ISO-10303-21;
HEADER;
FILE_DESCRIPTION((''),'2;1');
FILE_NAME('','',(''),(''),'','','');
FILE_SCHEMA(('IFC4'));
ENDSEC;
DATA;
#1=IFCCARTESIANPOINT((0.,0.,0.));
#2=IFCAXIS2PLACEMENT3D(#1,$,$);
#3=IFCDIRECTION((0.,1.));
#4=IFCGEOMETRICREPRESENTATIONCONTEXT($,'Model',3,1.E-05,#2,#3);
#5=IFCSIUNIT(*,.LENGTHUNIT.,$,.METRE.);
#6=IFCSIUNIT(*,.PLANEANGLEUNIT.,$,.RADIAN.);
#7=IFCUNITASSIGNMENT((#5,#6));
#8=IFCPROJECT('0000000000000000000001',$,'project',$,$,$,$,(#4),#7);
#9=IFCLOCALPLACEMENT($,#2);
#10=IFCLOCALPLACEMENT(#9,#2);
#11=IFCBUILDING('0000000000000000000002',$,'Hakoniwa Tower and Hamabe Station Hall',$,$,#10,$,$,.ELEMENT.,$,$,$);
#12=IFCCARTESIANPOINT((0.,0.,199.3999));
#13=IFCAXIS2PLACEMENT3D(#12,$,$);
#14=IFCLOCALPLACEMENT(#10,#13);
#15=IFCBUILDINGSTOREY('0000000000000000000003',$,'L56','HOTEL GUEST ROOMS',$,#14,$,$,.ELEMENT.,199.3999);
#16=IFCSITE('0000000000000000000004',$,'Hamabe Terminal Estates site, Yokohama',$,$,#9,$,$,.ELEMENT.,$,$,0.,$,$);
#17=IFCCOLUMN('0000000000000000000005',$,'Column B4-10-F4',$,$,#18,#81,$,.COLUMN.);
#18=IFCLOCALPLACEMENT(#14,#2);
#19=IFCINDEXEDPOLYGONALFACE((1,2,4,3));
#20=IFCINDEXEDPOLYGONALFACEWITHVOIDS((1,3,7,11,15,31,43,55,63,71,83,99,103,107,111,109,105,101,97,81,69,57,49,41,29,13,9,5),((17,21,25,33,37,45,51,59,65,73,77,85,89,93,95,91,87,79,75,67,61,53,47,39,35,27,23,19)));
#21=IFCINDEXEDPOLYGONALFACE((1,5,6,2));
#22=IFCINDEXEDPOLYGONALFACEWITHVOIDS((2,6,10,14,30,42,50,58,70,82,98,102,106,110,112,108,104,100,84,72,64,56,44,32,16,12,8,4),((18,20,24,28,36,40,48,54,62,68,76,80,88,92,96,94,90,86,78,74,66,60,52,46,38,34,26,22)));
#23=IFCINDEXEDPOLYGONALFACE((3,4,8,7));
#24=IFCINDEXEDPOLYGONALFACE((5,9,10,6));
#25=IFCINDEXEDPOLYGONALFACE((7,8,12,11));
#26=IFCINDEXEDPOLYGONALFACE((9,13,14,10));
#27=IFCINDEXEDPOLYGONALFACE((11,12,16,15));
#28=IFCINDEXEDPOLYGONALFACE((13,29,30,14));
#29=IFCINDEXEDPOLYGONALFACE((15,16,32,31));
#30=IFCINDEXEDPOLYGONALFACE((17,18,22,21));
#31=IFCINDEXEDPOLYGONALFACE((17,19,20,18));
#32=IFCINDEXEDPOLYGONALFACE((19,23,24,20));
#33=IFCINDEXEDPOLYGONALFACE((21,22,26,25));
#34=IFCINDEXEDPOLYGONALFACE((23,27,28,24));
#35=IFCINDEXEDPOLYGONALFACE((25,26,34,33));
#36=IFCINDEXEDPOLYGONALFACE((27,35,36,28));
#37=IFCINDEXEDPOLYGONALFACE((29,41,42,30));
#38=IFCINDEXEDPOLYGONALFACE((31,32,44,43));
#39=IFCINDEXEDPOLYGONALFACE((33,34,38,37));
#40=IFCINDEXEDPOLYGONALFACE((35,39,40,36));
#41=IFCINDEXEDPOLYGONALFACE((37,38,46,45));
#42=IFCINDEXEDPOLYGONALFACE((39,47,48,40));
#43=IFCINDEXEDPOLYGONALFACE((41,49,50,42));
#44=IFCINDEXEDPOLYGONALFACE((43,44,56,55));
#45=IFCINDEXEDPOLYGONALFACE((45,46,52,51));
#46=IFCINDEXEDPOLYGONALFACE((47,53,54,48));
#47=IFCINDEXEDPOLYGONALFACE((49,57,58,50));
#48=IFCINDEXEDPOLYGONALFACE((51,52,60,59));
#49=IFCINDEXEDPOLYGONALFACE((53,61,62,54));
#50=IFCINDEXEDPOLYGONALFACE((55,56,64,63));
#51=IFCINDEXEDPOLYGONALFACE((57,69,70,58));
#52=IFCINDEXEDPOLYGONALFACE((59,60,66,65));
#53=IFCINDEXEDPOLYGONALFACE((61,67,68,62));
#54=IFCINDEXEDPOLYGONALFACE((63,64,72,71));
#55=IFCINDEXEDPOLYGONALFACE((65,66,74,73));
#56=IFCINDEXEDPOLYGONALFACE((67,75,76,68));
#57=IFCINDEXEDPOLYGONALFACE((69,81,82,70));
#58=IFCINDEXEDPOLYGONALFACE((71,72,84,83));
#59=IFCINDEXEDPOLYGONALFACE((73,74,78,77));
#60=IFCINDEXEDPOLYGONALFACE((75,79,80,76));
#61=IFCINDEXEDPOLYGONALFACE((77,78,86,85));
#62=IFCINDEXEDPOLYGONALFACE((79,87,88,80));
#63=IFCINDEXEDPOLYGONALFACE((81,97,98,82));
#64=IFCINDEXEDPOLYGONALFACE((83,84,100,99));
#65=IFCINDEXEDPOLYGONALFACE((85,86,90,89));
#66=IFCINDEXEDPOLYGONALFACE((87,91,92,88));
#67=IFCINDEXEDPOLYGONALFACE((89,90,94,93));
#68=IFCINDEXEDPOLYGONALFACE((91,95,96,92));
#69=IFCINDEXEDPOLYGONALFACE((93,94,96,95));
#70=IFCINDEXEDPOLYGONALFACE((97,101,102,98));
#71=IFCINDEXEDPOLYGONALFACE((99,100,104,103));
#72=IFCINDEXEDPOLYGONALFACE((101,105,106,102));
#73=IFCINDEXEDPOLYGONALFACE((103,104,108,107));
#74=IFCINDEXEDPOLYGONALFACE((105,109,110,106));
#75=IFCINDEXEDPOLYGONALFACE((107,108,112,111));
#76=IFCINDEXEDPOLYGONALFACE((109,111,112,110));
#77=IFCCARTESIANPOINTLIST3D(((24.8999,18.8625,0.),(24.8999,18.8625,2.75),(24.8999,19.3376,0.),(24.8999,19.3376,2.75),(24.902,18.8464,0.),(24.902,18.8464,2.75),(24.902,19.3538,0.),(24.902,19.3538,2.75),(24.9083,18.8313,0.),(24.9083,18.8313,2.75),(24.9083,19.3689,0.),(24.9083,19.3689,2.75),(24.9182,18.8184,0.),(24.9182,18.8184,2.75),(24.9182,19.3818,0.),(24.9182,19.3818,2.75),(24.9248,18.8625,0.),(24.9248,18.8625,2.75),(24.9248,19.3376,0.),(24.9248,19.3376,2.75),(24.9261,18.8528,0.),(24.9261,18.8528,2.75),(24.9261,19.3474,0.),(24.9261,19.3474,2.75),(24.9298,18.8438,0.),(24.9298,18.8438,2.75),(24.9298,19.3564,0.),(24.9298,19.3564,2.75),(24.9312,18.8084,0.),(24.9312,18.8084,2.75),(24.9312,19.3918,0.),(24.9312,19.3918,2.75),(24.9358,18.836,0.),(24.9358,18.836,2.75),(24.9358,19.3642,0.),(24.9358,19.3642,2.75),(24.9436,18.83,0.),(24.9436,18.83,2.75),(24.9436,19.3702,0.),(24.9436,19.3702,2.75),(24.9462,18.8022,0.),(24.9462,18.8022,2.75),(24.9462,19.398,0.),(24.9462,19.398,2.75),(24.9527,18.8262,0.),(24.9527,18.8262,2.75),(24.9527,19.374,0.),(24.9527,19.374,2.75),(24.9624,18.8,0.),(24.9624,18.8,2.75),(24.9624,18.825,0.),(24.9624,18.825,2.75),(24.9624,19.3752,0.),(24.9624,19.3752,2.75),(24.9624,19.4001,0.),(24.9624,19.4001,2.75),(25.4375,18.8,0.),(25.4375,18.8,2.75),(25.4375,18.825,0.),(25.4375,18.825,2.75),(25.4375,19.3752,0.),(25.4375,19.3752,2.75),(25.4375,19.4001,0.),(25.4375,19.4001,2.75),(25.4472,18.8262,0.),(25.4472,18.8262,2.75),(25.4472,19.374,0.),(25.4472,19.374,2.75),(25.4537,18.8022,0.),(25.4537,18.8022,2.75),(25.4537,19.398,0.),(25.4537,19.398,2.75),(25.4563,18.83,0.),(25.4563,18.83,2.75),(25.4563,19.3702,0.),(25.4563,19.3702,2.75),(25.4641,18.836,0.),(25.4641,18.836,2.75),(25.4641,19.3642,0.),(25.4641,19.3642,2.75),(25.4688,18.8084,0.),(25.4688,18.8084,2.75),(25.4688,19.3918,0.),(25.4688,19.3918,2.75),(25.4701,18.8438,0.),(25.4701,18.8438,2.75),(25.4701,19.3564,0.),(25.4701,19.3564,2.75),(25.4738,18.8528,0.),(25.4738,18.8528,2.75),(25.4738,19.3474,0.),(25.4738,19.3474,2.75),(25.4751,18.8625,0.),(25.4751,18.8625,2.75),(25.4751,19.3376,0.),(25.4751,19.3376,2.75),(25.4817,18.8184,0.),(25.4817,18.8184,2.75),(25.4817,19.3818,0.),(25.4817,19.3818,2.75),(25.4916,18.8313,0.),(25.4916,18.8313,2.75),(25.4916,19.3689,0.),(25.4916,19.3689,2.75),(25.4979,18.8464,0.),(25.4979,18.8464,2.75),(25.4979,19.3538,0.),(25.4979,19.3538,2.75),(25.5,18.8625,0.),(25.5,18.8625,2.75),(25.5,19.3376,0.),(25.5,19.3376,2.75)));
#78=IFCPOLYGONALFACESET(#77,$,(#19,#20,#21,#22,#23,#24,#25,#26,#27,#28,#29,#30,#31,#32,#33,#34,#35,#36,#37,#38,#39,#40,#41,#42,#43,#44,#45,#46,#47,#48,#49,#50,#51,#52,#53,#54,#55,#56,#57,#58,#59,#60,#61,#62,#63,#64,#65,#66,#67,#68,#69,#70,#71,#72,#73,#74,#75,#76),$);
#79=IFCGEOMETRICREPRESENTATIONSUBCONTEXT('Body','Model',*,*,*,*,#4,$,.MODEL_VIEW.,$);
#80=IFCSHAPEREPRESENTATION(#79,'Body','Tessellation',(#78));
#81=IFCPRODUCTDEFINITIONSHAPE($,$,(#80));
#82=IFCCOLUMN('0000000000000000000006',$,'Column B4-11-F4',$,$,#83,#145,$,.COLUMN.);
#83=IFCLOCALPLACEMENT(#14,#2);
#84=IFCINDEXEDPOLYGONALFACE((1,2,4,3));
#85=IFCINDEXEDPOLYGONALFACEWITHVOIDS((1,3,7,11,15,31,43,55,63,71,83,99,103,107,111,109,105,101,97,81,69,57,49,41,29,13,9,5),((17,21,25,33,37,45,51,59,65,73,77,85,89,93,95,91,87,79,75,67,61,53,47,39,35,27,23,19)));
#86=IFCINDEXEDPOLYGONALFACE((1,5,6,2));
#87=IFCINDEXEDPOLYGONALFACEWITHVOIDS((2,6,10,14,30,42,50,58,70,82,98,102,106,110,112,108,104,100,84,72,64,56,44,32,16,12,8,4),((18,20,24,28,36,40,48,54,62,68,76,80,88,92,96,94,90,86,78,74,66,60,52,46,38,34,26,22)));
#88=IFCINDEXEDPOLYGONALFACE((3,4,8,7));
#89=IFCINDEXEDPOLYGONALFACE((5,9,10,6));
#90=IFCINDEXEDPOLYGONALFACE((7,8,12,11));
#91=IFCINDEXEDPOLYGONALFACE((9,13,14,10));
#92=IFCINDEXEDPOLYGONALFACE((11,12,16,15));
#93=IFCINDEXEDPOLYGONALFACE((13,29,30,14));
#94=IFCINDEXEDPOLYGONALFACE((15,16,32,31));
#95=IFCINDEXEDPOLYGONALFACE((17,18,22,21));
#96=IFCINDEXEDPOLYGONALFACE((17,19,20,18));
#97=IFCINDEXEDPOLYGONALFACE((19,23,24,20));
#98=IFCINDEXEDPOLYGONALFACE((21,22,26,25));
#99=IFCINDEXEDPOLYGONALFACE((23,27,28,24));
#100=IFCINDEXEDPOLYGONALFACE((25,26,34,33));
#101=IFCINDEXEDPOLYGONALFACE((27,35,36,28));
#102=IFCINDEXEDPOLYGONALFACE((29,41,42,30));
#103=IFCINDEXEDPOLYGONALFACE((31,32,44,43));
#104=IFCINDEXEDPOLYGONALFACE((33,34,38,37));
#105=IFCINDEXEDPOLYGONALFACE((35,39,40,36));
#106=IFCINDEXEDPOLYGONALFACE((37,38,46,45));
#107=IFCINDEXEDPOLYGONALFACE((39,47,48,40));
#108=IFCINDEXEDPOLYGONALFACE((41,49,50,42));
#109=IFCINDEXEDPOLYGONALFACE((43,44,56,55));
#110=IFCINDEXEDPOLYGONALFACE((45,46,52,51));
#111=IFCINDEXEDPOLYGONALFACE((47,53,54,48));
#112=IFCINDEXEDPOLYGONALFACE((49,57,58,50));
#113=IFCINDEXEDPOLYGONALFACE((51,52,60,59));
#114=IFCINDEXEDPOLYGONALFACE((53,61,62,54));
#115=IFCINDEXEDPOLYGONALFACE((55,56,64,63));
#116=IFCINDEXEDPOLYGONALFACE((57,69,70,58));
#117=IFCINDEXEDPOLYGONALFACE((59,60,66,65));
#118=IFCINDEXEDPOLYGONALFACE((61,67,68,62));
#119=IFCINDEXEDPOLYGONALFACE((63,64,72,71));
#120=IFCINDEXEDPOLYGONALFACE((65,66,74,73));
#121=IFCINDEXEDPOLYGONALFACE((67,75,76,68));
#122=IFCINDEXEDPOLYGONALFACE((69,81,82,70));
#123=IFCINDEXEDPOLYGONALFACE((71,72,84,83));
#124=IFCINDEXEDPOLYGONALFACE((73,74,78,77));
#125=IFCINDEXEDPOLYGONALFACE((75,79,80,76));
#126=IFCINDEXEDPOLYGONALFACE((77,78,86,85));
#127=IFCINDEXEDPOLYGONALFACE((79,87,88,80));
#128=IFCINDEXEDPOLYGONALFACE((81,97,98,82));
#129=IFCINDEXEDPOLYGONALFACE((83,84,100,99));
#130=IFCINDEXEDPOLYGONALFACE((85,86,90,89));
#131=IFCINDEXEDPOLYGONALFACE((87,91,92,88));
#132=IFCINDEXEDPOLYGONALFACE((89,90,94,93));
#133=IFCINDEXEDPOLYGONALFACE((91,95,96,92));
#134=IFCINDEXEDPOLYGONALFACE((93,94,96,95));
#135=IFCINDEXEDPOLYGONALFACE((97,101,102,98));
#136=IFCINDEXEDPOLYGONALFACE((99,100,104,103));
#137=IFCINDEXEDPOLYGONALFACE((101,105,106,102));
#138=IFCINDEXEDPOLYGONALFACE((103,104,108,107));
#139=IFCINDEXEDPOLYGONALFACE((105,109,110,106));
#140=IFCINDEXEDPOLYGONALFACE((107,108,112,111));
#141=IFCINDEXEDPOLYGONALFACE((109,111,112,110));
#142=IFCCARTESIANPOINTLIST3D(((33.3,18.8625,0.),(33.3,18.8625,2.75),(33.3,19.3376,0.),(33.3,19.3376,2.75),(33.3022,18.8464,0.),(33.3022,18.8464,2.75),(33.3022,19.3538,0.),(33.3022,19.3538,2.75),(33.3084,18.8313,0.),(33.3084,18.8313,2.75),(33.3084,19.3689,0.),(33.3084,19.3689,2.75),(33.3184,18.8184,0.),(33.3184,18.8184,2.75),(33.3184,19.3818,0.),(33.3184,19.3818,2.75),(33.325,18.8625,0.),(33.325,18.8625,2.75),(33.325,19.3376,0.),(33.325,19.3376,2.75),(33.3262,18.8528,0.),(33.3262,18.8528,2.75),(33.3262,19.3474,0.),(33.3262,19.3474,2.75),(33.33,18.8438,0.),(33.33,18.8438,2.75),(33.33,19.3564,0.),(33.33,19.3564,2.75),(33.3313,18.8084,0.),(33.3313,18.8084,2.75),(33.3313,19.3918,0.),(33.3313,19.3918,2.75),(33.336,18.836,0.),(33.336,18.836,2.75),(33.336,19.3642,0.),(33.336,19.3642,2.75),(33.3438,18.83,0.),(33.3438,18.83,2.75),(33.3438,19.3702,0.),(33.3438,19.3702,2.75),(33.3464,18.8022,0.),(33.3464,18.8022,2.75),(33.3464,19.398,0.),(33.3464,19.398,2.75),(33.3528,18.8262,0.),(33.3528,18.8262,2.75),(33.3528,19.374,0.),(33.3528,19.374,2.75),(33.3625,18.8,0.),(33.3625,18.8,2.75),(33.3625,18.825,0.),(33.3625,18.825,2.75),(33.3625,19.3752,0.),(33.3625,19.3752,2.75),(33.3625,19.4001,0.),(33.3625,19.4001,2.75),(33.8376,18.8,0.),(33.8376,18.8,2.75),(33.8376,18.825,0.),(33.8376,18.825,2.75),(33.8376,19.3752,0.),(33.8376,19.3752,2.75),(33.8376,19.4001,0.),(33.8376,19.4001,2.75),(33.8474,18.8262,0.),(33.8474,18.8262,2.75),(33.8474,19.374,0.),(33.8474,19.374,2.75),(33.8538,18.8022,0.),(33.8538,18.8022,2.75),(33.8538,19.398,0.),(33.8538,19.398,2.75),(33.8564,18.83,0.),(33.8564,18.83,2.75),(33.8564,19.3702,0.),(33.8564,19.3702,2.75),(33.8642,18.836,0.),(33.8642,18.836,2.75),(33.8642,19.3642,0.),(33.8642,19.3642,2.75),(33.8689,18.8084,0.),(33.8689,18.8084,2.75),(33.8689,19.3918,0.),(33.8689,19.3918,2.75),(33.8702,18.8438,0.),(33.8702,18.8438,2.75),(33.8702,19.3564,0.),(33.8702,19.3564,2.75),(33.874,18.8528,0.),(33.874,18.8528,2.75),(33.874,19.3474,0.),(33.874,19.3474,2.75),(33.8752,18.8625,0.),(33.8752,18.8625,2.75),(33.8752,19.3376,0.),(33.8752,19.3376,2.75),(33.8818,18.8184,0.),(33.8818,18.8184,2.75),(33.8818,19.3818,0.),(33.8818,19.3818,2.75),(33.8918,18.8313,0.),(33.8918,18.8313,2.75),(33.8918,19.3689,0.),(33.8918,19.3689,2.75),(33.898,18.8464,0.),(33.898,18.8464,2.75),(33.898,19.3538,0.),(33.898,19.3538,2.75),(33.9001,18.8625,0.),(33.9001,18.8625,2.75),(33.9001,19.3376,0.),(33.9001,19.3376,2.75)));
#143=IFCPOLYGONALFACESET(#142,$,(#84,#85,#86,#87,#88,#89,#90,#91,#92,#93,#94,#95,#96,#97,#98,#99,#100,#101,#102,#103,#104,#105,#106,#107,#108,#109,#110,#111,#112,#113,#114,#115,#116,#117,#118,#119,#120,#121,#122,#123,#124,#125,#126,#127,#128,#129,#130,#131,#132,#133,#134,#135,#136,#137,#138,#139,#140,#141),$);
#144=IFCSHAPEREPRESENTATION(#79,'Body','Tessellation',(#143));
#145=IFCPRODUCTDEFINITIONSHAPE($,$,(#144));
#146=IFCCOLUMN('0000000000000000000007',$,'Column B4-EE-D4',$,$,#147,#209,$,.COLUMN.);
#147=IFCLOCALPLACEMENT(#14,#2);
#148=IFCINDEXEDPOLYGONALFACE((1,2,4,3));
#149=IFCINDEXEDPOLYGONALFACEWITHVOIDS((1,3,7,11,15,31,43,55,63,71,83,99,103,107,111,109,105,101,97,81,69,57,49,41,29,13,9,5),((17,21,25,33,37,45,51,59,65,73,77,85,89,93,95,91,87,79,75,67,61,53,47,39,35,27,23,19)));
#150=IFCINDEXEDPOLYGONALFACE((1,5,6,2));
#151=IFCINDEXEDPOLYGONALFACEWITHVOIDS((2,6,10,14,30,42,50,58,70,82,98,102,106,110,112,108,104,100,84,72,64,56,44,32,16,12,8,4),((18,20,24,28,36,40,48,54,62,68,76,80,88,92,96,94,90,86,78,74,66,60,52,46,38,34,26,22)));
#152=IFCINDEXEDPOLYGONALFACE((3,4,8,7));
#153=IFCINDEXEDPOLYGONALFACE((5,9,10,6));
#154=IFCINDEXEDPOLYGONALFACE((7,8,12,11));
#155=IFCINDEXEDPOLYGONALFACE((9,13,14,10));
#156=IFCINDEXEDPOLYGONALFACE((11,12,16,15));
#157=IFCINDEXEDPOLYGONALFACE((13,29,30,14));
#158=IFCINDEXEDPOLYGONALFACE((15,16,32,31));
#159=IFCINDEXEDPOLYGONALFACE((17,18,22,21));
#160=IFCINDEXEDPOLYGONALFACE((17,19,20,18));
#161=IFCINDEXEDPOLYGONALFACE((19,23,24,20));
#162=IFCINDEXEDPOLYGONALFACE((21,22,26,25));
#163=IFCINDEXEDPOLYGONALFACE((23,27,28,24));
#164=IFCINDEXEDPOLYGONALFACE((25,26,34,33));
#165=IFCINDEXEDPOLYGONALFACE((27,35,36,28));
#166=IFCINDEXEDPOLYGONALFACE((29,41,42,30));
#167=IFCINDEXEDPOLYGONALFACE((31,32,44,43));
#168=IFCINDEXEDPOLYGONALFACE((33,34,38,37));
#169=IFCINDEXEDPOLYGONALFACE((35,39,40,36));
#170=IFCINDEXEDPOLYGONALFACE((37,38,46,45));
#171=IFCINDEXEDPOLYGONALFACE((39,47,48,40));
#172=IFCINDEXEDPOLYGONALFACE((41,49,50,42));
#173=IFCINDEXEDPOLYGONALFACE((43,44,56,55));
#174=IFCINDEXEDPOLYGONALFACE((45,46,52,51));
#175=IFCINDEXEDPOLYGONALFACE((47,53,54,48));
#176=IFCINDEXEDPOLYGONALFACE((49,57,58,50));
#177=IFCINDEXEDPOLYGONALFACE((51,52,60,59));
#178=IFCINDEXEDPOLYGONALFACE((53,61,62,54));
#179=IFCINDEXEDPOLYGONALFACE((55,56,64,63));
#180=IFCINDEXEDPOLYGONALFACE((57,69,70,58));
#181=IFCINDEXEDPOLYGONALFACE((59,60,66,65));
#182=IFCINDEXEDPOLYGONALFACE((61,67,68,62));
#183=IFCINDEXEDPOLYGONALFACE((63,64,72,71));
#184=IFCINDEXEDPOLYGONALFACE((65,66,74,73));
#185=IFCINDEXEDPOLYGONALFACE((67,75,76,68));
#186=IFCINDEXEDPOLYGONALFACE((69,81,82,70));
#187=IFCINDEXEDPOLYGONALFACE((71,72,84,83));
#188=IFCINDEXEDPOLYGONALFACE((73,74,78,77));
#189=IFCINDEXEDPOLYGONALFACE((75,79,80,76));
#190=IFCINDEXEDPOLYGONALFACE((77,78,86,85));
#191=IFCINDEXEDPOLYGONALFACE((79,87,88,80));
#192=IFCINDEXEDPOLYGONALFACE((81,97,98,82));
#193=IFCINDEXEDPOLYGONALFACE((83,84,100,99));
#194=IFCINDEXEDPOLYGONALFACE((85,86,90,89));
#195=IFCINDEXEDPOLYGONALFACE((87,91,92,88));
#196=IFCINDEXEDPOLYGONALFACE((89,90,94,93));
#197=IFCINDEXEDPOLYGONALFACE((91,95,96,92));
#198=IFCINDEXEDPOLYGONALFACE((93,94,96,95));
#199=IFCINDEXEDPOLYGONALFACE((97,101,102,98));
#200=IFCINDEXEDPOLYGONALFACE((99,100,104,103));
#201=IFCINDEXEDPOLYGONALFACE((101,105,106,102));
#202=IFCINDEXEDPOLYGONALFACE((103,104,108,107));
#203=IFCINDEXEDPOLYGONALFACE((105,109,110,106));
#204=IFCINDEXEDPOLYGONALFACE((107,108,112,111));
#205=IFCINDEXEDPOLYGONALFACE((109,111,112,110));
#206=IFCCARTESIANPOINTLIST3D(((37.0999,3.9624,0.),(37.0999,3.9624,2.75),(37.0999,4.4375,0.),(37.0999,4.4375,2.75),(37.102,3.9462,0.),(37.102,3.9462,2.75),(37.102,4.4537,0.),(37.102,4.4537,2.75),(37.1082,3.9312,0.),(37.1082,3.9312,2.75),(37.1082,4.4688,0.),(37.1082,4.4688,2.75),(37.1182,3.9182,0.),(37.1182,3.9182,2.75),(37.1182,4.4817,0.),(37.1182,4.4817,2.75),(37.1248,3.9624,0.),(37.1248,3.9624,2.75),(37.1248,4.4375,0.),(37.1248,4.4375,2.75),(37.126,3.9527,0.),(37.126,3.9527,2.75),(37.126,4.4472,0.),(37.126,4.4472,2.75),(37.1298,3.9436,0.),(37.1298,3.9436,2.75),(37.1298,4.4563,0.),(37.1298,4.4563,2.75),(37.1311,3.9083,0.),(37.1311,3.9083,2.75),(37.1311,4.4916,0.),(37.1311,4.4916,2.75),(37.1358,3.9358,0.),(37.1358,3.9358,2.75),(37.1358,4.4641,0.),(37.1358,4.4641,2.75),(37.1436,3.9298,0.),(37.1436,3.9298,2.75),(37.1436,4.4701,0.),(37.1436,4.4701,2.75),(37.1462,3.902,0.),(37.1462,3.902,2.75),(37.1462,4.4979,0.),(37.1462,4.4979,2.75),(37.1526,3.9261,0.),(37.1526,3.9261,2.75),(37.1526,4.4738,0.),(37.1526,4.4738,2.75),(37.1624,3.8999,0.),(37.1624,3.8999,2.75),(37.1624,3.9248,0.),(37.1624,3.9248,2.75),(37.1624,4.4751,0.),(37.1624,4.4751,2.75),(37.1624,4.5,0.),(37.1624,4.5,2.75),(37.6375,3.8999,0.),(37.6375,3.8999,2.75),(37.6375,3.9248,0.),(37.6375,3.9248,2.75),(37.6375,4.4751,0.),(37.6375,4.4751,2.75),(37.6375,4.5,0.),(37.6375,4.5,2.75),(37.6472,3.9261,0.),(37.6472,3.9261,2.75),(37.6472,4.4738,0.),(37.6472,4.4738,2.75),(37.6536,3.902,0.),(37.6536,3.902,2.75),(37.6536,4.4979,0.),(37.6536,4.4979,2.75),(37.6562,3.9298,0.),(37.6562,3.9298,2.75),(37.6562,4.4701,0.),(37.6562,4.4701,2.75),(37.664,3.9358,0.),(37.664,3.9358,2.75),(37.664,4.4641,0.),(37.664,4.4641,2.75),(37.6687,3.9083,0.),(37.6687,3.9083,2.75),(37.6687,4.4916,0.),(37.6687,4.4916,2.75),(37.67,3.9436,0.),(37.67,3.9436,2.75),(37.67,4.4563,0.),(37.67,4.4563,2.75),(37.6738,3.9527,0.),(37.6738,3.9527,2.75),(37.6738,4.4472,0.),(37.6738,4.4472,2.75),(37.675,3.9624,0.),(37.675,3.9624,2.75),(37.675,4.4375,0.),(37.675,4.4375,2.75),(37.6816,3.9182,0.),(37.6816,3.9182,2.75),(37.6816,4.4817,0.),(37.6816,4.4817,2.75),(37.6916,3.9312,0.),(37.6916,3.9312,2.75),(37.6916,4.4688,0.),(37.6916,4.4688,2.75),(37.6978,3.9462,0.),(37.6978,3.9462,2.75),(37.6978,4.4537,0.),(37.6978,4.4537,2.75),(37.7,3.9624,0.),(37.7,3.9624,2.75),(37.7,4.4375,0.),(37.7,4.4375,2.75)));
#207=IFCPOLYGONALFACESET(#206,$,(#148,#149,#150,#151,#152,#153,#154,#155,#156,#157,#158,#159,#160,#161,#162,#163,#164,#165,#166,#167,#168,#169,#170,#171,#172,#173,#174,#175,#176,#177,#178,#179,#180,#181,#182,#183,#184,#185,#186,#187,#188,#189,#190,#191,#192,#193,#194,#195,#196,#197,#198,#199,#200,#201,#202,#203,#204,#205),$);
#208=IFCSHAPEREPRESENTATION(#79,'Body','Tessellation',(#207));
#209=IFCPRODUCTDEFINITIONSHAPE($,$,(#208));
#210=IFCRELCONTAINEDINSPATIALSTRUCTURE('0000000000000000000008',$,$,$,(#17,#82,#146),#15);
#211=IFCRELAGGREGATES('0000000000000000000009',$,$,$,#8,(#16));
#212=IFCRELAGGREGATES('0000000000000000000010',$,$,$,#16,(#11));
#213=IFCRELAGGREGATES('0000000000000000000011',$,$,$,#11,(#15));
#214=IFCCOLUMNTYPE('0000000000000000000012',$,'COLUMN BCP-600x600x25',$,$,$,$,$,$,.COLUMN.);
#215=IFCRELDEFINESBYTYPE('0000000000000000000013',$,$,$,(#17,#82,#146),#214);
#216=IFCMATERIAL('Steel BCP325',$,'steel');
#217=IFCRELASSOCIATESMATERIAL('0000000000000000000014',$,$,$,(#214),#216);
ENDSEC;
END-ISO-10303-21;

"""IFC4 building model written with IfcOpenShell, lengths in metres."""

from ifc_helpers import new_model, si_unit, direction, frame, origin, origin_2d, place, context, subcontext, project, spatial, hollow_rectangle, extrude, material, material_profile, profile_set, type_object, element, save


model = new_model("IFC4")

# Units and contexts
model_context = context("Model", 3, precision=1e-05, world=origin(), true_north=direction((0.0, 1.0)))
body_context = subcontext(model_context, "Body", "Model", "MODEL_VIEW")
ifc_project = project(units=[si_unit("LENGTHUNIT", "METRE"), si_unit("PLANEANGLEUNIT", "RADIAN")], contexts=[model_context])

# Site, building, storey
site_placement = place(None, origin())
site = spatial("IfcSite", under=ifc_project, at=site_placement, Name="Hamabe Terminal Estates site, Yokohama", CompositionType="ELEMENT", RefElevation=0.0)
building_placement = place(site_placement, origin())
building = spatial("IfcBuilding", under=site, at=building_placement, Name="Hakoniwa Tower and Hamabe Station Hall", CompositionType="ELEMENT")
storey_placement = place(building_placement, frame((0.0, 0.0, 199.3999)))
storey = spatial("IfcBuildingStorey", under=building, at=storey_placement, Name="L56", Description="HOTEL GUEST ROOMS", CompositionType="ELEMENT", Elevation=199.3999)

# Columns
ifc_material_1 = material(Name="Steel BCP325", Category="steel")
ifc_material_profile_1 = material_profile(ifc_material_1, hollow_rectangle(XDim=0.6001, YDim=0.6001, WallThickness=0.0249, InnerFilletRadius=0.0376, OuterFilletRadius=0.0625, at=origin_2d()), Name="BCP-600x600x25")
ifc_profile_set_1 = profile_set([ifc_material_profile_1], Name="Steel BCP325")
column_type = type_object("IfcColumnType", Name="COLUMN BCP-600x600x25", PredefinedType="COLUMN", material=ifc_profile_set_1)
for number, where, z_axis, x_axis, name in (
    (1, (25.2, 19.1001, 0.0), (0.0, 0.0, 1.0), (1.0, 0.0, 0.0), "Column B4-10-F4"),
    (2, (33.6001, 19.1001, 0.0), (0.0, 0.0, 1.0), (1.0, 0.0, 0.0), "Column B4-11-F4"),
    (3, (37.3999, 4.2, 0.0), (0.0, 0.0, 1.0), (1.0, 0.0, 0.0), "Column B4-EE-D4"),
):
    element("IfcColumn", number, at=place(storey_placement, frame(where, z_axis=z_axis, x_axis=x_axis)), inside=storey, type_object=column_type, Name=name, PredefinedType="COLUMN", context=body_context, shape_type="SweptSolid", body=[
        extrude(hollow_rectangle(XDim=0.6001, YDim=0.6001, WallThickness=0.0249, InnerFilletRadius=0.0376, OuterFilletRadius=0.0625, at=origin_2d()), origin(), (0.0, 0.0, 1.0), 2.75),
    ])

save(model, "model.ifc")
